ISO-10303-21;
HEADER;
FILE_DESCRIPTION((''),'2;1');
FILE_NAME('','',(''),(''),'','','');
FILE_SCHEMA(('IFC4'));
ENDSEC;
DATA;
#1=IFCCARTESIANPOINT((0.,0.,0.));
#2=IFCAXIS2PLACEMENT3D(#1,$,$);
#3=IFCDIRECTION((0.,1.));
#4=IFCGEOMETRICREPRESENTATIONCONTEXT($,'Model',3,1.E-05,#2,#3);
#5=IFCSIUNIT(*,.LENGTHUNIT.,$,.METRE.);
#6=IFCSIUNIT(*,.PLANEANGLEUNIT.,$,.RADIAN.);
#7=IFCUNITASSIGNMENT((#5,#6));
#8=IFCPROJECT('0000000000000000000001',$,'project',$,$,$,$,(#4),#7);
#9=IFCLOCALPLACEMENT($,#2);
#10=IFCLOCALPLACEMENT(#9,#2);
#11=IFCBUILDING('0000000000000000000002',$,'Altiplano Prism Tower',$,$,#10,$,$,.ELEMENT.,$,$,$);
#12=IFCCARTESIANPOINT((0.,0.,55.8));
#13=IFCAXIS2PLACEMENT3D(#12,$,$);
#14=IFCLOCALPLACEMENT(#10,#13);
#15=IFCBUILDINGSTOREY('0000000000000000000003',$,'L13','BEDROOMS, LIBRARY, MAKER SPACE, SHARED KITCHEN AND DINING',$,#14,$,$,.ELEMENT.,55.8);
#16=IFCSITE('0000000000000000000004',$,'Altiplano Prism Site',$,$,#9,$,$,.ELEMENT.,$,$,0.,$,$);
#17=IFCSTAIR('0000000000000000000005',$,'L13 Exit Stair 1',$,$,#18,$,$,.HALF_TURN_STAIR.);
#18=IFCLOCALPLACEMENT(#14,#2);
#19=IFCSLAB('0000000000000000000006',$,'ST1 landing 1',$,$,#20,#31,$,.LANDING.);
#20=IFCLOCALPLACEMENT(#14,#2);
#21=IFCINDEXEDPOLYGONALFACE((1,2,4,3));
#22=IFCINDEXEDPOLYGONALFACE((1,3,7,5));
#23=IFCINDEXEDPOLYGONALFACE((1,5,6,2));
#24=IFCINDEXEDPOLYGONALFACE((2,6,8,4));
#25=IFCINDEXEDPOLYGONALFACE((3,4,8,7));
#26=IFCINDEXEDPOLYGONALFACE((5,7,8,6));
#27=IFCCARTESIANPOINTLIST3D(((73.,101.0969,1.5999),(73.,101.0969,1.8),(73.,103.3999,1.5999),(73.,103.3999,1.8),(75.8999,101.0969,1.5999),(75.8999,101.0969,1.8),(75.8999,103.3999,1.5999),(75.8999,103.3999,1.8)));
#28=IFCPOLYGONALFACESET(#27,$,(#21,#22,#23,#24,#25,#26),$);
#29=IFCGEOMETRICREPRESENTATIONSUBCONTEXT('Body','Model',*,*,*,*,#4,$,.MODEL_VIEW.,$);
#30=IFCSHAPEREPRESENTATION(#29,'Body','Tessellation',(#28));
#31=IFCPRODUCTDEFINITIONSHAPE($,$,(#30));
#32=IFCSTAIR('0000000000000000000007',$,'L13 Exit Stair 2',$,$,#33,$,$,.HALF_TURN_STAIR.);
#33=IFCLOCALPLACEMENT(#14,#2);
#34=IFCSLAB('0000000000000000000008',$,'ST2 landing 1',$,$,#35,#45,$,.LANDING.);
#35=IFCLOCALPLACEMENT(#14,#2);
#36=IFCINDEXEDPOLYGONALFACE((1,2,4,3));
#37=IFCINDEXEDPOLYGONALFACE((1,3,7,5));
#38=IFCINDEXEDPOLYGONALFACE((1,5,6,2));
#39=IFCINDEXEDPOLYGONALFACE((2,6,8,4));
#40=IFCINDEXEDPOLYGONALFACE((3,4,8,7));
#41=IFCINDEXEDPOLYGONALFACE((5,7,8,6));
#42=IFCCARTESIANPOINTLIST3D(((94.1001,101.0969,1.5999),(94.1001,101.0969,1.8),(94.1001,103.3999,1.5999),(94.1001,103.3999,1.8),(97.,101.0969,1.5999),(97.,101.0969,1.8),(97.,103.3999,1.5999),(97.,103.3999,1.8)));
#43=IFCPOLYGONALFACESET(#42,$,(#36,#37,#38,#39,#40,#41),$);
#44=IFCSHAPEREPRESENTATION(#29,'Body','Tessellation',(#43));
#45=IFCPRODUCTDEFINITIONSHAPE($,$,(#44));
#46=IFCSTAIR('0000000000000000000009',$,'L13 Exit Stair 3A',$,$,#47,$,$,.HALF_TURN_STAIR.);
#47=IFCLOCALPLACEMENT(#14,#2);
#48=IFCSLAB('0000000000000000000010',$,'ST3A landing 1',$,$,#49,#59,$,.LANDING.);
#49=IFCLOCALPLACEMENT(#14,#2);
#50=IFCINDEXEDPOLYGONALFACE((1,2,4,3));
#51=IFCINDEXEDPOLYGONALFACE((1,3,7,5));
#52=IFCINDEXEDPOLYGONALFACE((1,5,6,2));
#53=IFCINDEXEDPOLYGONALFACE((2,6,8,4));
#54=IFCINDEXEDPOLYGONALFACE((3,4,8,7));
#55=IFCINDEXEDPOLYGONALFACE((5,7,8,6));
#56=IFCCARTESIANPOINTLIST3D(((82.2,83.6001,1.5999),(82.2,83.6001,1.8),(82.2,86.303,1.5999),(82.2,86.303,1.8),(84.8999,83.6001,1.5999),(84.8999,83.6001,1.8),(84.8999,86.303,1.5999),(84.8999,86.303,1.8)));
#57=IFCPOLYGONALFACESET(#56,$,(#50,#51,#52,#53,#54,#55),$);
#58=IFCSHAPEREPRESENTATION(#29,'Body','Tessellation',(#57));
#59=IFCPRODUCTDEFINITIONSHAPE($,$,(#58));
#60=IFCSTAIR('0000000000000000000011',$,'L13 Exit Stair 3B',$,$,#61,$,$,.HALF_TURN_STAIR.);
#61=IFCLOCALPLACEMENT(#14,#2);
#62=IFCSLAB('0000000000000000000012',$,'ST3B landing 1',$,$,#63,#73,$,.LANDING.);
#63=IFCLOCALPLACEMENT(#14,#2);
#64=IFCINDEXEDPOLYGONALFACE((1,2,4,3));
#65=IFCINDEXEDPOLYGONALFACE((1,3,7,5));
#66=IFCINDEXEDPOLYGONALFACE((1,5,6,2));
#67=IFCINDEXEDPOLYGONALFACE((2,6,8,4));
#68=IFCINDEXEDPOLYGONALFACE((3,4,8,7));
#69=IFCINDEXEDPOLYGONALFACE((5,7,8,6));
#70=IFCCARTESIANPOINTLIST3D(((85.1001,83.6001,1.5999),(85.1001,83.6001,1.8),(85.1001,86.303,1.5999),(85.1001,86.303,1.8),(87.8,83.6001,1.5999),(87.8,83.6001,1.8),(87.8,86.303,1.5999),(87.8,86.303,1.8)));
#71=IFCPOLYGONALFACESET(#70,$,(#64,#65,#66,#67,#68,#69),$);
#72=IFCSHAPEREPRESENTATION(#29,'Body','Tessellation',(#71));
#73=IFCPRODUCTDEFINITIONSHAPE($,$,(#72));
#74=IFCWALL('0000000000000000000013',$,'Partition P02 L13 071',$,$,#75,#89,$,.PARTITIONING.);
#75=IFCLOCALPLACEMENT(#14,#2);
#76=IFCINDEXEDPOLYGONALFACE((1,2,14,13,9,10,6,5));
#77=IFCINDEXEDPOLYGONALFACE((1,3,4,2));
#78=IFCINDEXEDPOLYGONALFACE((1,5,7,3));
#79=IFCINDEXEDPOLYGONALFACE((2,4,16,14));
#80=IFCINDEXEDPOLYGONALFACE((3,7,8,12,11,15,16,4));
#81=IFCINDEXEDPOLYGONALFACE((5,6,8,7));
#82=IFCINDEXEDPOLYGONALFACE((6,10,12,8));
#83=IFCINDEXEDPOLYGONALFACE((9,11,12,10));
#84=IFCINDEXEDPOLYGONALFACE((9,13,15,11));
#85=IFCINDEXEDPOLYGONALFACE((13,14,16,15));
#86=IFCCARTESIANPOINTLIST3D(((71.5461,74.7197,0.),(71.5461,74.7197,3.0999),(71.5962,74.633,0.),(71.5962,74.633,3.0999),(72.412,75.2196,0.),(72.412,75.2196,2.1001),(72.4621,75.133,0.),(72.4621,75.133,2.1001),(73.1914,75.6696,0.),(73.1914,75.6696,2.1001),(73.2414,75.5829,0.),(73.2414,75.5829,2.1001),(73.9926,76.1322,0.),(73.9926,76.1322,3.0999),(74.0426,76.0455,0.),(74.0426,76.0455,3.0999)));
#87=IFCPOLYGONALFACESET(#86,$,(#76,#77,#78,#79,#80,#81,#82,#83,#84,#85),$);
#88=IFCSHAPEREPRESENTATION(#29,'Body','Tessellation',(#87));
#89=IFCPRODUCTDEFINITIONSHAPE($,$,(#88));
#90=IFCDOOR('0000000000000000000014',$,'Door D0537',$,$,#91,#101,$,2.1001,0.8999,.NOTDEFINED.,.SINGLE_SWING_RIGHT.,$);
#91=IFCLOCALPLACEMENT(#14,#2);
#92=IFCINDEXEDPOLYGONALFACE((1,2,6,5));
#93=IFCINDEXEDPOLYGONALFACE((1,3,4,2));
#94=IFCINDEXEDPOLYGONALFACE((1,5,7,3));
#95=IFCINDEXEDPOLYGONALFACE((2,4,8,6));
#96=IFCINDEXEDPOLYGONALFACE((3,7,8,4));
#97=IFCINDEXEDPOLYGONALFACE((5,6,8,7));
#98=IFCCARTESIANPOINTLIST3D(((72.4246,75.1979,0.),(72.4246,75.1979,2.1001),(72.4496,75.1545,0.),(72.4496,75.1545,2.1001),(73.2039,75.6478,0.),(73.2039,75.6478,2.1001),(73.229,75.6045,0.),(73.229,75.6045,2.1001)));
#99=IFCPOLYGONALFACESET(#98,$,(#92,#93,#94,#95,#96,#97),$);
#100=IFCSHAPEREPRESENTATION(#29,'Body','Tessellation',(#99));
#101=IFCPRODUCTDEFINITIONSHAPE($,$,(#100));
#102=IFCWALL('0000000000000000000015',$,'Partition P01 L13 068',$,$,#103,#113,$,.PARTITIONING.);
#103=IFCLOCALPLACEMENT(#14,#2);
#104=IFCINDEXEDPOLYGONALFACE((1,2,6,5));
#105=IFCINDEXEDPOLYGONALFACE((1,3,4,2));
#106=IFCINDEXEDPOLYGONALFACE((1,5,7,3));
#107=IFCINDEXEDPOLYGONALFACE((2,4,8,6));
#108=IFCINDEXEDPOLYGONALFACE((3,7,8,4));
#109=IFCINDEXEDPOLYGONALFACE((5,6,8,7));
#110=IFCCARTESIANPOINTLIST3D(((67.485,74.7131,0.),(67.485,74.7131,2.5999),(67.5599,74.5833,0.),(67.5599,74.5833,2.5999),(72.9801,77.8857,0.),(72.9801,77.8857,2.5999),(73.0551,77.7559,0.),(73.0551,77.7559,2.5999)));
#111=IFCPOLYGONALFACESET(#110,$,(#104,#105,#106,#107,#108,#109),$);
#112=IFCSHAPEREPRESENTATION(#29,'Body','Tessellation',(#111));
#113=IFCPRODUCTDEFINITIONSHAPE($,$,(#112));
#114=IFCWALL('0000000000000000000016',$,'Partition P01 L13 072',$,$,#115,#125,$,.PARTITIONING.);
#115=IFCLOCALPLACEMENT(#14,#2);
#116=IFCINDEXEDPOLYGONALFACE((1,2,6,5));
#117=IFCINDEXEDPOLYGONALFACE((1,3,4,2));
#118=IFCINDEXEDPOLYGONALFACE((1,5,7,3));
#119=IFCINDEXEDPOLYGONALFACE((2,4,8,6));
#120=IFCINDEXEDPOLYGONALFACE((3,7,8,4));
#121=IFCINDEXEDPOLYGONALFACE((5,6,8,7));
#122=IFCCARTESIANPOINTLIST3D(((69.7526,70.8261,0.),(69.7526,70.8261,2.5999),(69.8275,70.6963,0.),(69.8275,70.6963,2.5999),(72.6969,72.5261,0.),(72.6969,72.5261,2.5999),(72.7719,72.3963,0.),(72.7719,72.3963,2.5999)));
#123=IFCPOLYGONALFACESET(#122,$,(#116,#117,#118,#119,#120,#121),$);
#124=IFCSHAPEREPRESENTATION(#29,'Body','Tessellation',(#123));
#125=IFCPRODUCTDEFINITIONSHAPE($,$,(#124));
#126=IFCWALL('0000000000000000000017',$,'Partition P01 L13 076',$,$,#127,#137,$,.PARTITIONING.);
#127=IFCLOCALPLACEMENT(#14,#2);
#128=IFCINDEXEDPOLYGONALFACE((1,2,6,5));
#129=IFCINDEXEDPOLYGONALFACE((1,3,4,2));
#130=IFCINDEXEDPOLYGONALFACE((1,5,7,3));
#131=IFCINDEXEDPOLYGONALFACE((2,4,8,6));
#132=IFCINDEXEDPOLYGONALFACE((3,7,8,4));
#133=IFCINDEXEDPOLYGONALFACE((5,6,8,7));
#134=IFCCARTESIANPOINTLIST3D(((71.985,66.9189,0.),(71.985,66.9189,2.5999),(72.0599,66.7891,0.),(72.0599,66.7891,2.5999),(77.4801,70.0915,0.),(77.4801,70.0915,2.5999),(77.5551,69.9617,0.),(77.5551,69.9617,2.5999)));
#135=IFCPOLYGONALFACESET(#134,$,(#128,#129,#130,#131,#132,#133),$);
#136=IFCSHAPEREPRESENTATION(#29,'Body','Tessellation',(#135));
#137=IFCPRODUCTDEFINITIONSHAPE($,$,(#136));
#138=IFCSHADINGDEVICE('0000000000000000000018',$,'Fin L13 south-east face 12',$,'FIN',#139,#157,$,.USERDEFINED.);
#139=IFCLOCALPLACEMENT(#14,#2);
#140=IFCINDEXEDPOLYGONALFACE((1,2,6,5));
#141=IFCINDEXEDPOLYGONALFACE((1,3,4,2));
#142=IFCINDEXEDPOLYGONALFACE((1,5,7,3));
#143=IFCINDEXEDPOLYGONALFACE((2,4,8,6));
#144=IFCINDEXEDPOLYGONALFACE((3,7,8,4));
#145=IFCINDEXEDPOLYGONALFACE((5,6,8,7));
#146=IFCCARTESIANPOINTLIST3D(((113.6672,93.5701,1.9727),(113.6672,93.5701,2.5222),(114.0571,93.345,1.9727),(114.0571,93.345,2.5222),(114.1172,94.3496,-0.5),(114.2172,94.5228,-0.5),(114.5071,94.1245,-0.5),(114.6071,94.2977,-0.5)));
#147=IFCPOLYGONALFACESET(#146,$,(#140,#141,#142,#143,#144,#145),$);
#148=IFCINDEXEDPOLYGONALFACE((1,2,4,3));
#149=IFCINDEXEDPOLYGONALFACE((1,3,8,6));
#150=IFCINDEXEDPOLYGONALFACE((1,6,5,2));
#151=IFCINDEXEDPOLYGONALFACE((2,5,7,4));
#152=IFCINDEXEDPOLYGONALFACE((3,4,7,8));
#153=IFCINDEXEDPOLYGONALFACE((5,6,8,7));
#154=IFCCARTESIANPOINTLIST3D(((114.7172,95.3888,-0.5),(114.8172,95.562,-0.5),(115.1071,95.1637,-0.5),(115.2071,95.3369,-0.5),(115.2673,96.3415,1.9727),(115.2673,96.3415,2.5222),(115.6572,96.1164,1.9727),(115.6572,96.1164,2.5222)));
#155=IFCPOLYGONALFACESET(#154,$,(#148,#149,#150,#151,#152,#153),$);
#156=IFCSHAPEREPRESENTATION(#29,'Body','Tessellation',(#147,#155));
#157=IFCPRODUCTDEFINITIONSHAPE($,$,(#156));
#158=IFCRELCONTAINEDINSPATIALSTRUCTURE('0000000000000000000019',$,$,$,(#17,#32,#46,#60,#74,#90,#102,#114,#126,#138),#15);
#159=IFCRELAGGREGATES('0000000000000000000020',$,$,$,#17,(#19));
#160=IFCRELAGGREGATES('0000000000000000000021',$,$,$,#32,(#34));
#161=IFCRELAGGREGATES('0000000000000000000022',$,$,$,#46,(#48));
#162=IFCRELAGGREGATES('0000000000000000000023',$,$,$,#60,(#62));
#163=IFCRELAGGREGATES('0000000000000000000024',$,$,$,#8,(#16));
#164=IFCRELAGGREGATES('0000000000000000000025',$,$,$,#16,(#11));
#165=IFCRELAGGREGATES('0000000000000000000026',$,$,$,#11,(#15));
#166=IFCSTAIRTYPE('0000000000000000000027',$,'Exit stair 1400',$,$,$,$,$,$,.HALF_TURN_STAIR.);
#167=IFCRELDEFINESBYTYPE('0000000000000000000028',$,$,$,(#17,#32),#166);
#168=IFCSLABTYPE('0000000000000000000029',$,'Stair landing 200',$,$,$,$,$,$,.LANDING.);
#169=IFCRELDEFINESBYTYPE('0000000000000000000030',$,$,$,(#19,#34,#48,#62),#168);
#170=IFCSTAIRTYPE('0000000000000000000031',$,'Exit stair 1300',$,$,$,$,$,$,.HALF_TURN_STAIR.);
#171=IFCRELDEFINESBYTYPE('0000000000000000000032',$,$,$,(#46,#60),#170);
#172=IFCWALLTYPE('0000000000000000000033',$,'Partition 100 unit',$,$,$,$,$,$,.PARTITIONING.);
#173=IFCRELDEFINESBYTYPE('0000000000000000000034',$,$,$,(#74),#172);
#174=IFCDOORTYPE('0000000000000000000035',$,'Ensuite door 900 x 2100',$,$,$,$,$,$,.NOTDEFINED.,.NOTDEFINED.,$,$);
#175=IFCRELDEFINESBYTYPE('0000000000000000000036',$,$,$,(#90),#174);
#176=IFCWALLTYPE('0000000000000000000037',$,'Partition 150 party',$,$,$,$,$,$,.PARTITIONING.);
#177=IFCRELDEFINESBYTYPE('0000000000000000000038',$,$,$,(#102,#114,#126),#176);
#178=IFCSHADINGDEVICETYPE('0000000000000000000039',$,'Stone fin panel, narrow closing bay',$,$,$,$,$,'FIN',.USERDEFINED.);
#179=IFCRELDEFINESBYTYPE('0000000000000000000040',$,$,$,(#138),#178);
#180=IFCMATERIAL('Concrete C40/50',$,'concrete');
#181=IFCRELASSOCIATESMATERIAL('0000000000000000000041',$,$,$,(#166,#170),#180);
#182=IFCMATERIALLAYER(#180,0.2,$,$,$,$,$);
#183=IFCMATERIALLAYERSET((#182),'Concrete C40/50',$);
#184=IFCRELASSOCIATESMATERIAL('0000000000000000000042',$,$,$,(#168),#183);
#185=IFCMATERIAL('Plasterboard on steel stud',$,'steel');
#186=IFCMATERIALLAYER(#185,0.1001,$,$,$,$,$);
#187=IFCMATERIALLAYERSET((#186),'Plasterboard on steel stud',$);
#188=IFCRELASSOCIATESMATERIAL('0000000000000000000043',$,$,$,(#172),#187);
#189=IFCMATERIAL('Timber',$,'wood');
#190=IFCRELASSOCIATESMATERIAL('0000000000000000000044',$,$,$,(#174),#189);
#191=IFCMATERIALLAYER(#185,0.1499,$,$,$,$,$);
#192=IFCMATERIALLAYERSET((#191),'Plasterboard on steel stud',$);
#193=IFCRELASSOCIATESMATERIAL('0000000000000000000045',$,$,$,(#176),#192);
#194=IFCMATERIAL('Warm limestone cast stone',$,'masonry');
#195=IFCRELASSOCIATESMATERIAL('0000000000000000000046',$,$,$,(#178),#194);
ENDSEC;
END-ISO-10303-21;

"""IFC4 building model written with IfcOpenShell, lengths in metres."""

from ifc_helpers import new_model, si_unit, direction, frame, frame_2d, origin, place, context, subcontext, project, spatial, polyline, rectangle, outline, extrude, source, transform, mapped, material, layer, layer_set, type_object, element, fill, aggregate, save


model = new_model("IFC4")

# Units and contexts
model_context = context("Model", 3, precision=1e-05, world=origin(), true_north=direction((0.0, 1.0)))
body_context = subcontext(model_context, "Body", "Model", "MODEL_VIEW")
ifc_project = project(units=[si_unit("LENGTHUNIT", "METRE"), si_unit("PLANEANGLEUNIT", "RADIAN")], contexts=[model_context])

# Site, building, storey
site_placement = place(None, origin())
site = spatial("IfcSite", under=ifc_project, at=site_placement, Name="Altiplano Prism Site", CompositionType="ELEMENT", RefElevation=0.0)
building_placement = place(site_placement, origin())
building = spatial("IfcBuilding", under=site, at=building_placement, Name="Altiplano Prism Tower", CompositionType="ELEMENT")
storey_placement = place(building_placement, frame((0.0, 0.0, 55.8)))
storey = spatial("IfcBuildingStorey", under=building, at=storey_placement, Name="L13", Description="BEDROOMS, LIBRARY, MAKER SPACE, SHARED KITCHEN AND DINING", CompositionType="ELEMENT", Elevation=55.8)

# Shared definitions
ifc_material_1 = material(Name="Concrete C40/50", Category="concrete")

# Stairs, slabs
stair_type_1 = type_object("IfcStairType", Name="Exit stair 1400", PredefinedType="HALF_TURN_STAIR", material=ifc_material_1)
stair_1_placement = place(storey_placement, origin())
stair_1 = element("IfcStair", 1, at=stair_1_placement, inside=storey, type_object=stair_type_1, Name="L13 Exit Stair 1", PredefinedType="HALF_TURN_STAIR")
ifc_layer_1 = layer(ifc_material_1, 0.2)
ifc_layer_set_1 = layer_set([ifc_layer_1], Name="Concrete C40/50")
slab_type_1 = type_object("IfcSlabType", Name="Stair landing 200", PredefinedType="LANDING", material=ifc_layer_set_1)
slab_1_placement = place(storey_placement, frame((0.0, 0.0, 1.5999)))
slab_1 = element("IfcSlab", 2, at=slab_1_placement, type_object=slab_type_1, Name="ST1 landing 1", PredefinedType="LANDING", context=body_context, shape_type="SweptSolid", body=[
    extrude(outline(polyline([(75.8999, 101.0969), (75.8999, 103.3999), (73.0, 103.3999), (73.0, 101.0969), (75.8999, 101.0969)])), origin(), (0.0, 0.0, 1.0), 0.2002),
])
aggregate(stair_1, [slab_1])
stair_2_placement = place(storey_placement, origin())
stair_2 = element("IfcStair", 3, at=stair_2_placement, inside=storey, type_object=stair_type_1, Name="L13 Exit Stair 2", PredefinedType="HALF_TURN_STAIR")
slab_2_placement = place(storey_placement, frame((0.0, 0.0, 1.5999)))
slab_2 = element("IfcSlab", 4, at=slab_2_placement, type_object=slab_type_1, Name="ST2 landing 1", PredefinedType="LANDING", context=body_context, shape_type="SweptSolid", body=[
    extrude(outline(polyline([(97.0, 101.0969), (97.0, 103.3999), (94.1001, 103.3999), (94.1001, 101.0969), (97.0, 101.0969)])), origin(), (0.0, 0.0, 1.0), 0.2002),
])
aggregate(stair_2, [slab_2])
stair_type_2 = type_object("IfcStairType", Name="Exit stair 1300", PredefinedType="HALF_TURN_STAIR", material=ifc_material_1)
stair_3_placement = place(storey_placement, origin())
stair_3 = element("IfcStair", 5, at=stair_3_placement, inside=storey, type_object=stair_type_2, Name="L13 Exit Stair 3A", PredefinedType="HALF_TURN_STAIR")
slab_3_placement = place(storey_placement, frame((0.0, 0.0, 1.5999)))
slab_3 = element("IfcSlab", 6, at=slab_3_placement, type_object=slab_type_1, Name="ST3A landing 1", PredefinedType="LANDING", context=body_context, shape_type="SweptSolid", body=[
    extrude(outline(polyline([(82.2, 86.303), (82.2, 83.6001), (84.8999, 83.6001), (84.8999, 86.303), (82.2, 86.303)])), origin(), (0.0, 0.0, 1.0), 0.2002),
])
aggregate(stair_3, [slab_3])
stair_4_placement = place(storey_placement, origin())
stair_4 = element("IfcStair", 7, at=stair_4_placement, inside=storey, type_object=stair_type_2, Name="L13 Exit Stair 3B", PredefinedType="HALF_TURN_STAIR")
slab_4_placement = place(storey_placement, frame((0.0, 0.0, 1.5999)))
slab_4 = element("IfcSlab", 8, at=slab_4_placement, type_object=slab_type_1, Name="ST3B landing 1", PredefinedType="LANDING", context=body_context, shape_type="SweptSolid", body=[
    extrude(outline(polyline([(85.1001, 86.303), (85.1001, 83.6001), (87.8, 83.6001), (87.8, 86.303), (85.1001, 86.303)])), origin(), (0.0, 0.0, 1.0), 0.2002),
])
aggregate(stair_4, [slab_4])

# Wall, opening, door
ifc_material_2 = material(Name="Plasterboard on steel stud", Category="steel")
ifc_layer_2 = layer(ifc_material_2, 0.1001)
ifc_layer_set_2 = layer_set([ifc_layer_2], Name="Plasterboard on steel stud")
wall_type_1 = type_object("IfcWallType", Name="Partition 100 unit", PredefinedType="PARTITIONING", material=ifc_layer_set_2)
wall_1_placement = place(storey_placement, frame((71.571, 74.6763, 0.0), z_axis=(0.0, 0.0, 1.0), x_axis=(0.866011, 0.500024, 0.0)))
wall_1 = element("IfcWall", 9, at=wall_1_placement, inside=storey, type_object=wall_type_1, Name="Partition P02 L13 071", PredefinedType="PARTITIONING", context=body_context, shape_type="SweptSolid", body=[
    extrude(rectangle(XDim=2.825, YDim=0.1001, at=frame_2d((1.4126, 0.0))), origin(), (0.0, 0.0, 1.0), 3.0999),
])
opening_placement = place(wall_1_placement, frame((1.0, 0.0, 0.0)))
opening = element("IfcOpeningElement", 10, at=opening_placement, cuts=wall_1, PredefinedType="OPENING", context=body_context, shape_type="SweptSolid", body=[
    extrude(rectangle(XDim=0.8999, YDim=2.1001, at=frame_2d((0.45, 1.05))), frame((0.0, 0.0605, 0.0), z_axis=(0.0, -1.0, 0.0), x_axis=(1.0, 0.0, 0.0)), (0.0, 0.0, 1.0), 0.1211),
])
ifc_material_3 = material(Name="Timber", Category="wood")
door_type = type_object("IfcDoorType", Name="Ensuite door 900 x 2100", OperationType="NOTDEFINED", PredefinedType="NOTDEFINED", material=ifc_material_3)
door_placement = place(opening_placement, origin())
door = element("IfcDoor", 11, at=door_placement, inside=storey, type_object=door_type, Name="Door D0537", OperationType="SINGLE_SWING_RIGHT", OverallHeight=2.1001, OverallWidth=0.8999, PredefinedType="NOTDEFINED", context=body_context, shape_type="SweptSolid", body=[
    extrude(rectangle(XDim=0.8999, YDim=2.1001, at=frame_2d((0.45, 1.05))), frame((0.0, 0.0249, 0.0), z_axis=(0.0, -1.0, 0.0), x_axis=(1.0, 0.0, 0.0)), (0.0, 0.0, 1.0), 0.05),
])
fill(opening, door)

# Walls
ifc_layer_3 = layer(ifc_material_2, 0.1499)
ifc_layer_set_3 = layer_set([ifc_layer_3], Name="Plasterboard on steel stud")
wall_type_2 = type_object("IfcWallType", Name="Partition 150 party", PredefinedType="PARTITIONING", material=ifc_layer_set_3)
wall_2_placement = place(storey_placement, frame((67.5225, 74.6482, 0.0), z_axis=(0.0, 0.0, 1.0), x_axis=(0.866025, 0.5, 0.0)))
element("IfcWall", 12, at=wall_2_placement, inside=storey, type_object=wall_type_2, Name="Partition P01 L13 068", PredefinedType="PARTITIONING", context=body_context, shape_type="SweptSolid", body=[
    extrude(rectangle(XDim=6.3452, YDim=0.1499, at=frame_2d((3.1726, 0.0))), origin(), (0.0, 0.0, 1.0), 2.5999),
])
wall_3_placement = place(storey_placement, frame((69.79, 70.7612, 0.0), z_axis=(0.0, 0.0, 1.0), x_axis=(0.866021, 0.500008, 0.0)))
element("IfcWall", 13, at=wall_3_placement, inside=storey, type_object=wall_type_2, Name="Partition P01 L13 072", PredefinedType="PARTITIONING", context=body_context, shape_type="SweptSolid", body=[
    extrude(rectangle(XDim=3.3999, YDim=0.1499, at=frame_2d((1.7, 0.0))), origin(), (0.0, 0.0, 1.0), 2.5999),
])
wall_4_placement = place(storey_placement, frame((72.0225, 66.854, 0.0), z_axis=(0.0, 0.0, 1.0), x_axis=(0.866025, 0.5, 0.0)))
element("IfcWall", 14, at=wall_4_placement, inside=storey, type_object=wall_type_2, Name="Partition P01 L13 076", PredefinedType="PARTITIONING", context=body_context, shape_type="SweptSolid", body=[
    extrude(rectangle(XDim=6.3452, YDim=0.1499, at=frame_2d((3.1726, 0.0))), origin(), (0.0, 0.0, 1.0), 2.5999),
])

# Shading device
ifc_material_4 = material(Name="Warm limestone cast stone", Category="masonry")
shading_device_type_1 = type_object("IfcShadingDeviceType", Name="Stone fin panel, narrow closing bay", ElementType="FIN", PredefinedType="USERDEFINED", material=ifc_material_4)
shared_shape_1 = source(origin(), body_context, "Body", "SweptSolid", [
    extrude(outline(polyline([(-1.6001, 3.0222), (-1.6001, 2.4727), (-0.7, 0.0), (-0.5, 0.0), (-1.6001, 3.0222)])), frame((0.0, -0.1499, 0.0), z_axis=(0.0, -1.0, 0.0), x_axis=(1.0, 0.0, 0.0)), (0.0, 0.0, 1.0), 0.4502),
    extrude(outline(polyline([(1.6001, 2.4727), (1.6001, 3.0222), (0.5, 0.0), (0.7, 0.0), (1.6001, 2.4727)])), frame((0.0, -0.1499, 0.0), z_axis=(0.0, -1.0, 0.0), x_axis=(1.0, 0.0, 0.0)), (0.0, 0.0, 1.0), 0.4502),
])
shading_device_1_placement = place(storey_placement, origin())
element("IfcShadingDevice", 15, at=shading_device_1_placement, inside=storey, type_object=shading_device_type_1, Name="Fin L13 south-east face 12", ObjectType="FIN", PredefinedType="USERDEFINED", context=body_context, shape_type="MappedRepresentation", body=[
    mapped(shared_shape_1, transform((114.3374, 95.0308, -0.5), x_axis=(0.5, 0.866025, 0.0), y_axis=(-0.866025, 0.5, 0.0), z_axis=(0.0, 0.0, 1.0))),
])

save(model, "model.ifc")
